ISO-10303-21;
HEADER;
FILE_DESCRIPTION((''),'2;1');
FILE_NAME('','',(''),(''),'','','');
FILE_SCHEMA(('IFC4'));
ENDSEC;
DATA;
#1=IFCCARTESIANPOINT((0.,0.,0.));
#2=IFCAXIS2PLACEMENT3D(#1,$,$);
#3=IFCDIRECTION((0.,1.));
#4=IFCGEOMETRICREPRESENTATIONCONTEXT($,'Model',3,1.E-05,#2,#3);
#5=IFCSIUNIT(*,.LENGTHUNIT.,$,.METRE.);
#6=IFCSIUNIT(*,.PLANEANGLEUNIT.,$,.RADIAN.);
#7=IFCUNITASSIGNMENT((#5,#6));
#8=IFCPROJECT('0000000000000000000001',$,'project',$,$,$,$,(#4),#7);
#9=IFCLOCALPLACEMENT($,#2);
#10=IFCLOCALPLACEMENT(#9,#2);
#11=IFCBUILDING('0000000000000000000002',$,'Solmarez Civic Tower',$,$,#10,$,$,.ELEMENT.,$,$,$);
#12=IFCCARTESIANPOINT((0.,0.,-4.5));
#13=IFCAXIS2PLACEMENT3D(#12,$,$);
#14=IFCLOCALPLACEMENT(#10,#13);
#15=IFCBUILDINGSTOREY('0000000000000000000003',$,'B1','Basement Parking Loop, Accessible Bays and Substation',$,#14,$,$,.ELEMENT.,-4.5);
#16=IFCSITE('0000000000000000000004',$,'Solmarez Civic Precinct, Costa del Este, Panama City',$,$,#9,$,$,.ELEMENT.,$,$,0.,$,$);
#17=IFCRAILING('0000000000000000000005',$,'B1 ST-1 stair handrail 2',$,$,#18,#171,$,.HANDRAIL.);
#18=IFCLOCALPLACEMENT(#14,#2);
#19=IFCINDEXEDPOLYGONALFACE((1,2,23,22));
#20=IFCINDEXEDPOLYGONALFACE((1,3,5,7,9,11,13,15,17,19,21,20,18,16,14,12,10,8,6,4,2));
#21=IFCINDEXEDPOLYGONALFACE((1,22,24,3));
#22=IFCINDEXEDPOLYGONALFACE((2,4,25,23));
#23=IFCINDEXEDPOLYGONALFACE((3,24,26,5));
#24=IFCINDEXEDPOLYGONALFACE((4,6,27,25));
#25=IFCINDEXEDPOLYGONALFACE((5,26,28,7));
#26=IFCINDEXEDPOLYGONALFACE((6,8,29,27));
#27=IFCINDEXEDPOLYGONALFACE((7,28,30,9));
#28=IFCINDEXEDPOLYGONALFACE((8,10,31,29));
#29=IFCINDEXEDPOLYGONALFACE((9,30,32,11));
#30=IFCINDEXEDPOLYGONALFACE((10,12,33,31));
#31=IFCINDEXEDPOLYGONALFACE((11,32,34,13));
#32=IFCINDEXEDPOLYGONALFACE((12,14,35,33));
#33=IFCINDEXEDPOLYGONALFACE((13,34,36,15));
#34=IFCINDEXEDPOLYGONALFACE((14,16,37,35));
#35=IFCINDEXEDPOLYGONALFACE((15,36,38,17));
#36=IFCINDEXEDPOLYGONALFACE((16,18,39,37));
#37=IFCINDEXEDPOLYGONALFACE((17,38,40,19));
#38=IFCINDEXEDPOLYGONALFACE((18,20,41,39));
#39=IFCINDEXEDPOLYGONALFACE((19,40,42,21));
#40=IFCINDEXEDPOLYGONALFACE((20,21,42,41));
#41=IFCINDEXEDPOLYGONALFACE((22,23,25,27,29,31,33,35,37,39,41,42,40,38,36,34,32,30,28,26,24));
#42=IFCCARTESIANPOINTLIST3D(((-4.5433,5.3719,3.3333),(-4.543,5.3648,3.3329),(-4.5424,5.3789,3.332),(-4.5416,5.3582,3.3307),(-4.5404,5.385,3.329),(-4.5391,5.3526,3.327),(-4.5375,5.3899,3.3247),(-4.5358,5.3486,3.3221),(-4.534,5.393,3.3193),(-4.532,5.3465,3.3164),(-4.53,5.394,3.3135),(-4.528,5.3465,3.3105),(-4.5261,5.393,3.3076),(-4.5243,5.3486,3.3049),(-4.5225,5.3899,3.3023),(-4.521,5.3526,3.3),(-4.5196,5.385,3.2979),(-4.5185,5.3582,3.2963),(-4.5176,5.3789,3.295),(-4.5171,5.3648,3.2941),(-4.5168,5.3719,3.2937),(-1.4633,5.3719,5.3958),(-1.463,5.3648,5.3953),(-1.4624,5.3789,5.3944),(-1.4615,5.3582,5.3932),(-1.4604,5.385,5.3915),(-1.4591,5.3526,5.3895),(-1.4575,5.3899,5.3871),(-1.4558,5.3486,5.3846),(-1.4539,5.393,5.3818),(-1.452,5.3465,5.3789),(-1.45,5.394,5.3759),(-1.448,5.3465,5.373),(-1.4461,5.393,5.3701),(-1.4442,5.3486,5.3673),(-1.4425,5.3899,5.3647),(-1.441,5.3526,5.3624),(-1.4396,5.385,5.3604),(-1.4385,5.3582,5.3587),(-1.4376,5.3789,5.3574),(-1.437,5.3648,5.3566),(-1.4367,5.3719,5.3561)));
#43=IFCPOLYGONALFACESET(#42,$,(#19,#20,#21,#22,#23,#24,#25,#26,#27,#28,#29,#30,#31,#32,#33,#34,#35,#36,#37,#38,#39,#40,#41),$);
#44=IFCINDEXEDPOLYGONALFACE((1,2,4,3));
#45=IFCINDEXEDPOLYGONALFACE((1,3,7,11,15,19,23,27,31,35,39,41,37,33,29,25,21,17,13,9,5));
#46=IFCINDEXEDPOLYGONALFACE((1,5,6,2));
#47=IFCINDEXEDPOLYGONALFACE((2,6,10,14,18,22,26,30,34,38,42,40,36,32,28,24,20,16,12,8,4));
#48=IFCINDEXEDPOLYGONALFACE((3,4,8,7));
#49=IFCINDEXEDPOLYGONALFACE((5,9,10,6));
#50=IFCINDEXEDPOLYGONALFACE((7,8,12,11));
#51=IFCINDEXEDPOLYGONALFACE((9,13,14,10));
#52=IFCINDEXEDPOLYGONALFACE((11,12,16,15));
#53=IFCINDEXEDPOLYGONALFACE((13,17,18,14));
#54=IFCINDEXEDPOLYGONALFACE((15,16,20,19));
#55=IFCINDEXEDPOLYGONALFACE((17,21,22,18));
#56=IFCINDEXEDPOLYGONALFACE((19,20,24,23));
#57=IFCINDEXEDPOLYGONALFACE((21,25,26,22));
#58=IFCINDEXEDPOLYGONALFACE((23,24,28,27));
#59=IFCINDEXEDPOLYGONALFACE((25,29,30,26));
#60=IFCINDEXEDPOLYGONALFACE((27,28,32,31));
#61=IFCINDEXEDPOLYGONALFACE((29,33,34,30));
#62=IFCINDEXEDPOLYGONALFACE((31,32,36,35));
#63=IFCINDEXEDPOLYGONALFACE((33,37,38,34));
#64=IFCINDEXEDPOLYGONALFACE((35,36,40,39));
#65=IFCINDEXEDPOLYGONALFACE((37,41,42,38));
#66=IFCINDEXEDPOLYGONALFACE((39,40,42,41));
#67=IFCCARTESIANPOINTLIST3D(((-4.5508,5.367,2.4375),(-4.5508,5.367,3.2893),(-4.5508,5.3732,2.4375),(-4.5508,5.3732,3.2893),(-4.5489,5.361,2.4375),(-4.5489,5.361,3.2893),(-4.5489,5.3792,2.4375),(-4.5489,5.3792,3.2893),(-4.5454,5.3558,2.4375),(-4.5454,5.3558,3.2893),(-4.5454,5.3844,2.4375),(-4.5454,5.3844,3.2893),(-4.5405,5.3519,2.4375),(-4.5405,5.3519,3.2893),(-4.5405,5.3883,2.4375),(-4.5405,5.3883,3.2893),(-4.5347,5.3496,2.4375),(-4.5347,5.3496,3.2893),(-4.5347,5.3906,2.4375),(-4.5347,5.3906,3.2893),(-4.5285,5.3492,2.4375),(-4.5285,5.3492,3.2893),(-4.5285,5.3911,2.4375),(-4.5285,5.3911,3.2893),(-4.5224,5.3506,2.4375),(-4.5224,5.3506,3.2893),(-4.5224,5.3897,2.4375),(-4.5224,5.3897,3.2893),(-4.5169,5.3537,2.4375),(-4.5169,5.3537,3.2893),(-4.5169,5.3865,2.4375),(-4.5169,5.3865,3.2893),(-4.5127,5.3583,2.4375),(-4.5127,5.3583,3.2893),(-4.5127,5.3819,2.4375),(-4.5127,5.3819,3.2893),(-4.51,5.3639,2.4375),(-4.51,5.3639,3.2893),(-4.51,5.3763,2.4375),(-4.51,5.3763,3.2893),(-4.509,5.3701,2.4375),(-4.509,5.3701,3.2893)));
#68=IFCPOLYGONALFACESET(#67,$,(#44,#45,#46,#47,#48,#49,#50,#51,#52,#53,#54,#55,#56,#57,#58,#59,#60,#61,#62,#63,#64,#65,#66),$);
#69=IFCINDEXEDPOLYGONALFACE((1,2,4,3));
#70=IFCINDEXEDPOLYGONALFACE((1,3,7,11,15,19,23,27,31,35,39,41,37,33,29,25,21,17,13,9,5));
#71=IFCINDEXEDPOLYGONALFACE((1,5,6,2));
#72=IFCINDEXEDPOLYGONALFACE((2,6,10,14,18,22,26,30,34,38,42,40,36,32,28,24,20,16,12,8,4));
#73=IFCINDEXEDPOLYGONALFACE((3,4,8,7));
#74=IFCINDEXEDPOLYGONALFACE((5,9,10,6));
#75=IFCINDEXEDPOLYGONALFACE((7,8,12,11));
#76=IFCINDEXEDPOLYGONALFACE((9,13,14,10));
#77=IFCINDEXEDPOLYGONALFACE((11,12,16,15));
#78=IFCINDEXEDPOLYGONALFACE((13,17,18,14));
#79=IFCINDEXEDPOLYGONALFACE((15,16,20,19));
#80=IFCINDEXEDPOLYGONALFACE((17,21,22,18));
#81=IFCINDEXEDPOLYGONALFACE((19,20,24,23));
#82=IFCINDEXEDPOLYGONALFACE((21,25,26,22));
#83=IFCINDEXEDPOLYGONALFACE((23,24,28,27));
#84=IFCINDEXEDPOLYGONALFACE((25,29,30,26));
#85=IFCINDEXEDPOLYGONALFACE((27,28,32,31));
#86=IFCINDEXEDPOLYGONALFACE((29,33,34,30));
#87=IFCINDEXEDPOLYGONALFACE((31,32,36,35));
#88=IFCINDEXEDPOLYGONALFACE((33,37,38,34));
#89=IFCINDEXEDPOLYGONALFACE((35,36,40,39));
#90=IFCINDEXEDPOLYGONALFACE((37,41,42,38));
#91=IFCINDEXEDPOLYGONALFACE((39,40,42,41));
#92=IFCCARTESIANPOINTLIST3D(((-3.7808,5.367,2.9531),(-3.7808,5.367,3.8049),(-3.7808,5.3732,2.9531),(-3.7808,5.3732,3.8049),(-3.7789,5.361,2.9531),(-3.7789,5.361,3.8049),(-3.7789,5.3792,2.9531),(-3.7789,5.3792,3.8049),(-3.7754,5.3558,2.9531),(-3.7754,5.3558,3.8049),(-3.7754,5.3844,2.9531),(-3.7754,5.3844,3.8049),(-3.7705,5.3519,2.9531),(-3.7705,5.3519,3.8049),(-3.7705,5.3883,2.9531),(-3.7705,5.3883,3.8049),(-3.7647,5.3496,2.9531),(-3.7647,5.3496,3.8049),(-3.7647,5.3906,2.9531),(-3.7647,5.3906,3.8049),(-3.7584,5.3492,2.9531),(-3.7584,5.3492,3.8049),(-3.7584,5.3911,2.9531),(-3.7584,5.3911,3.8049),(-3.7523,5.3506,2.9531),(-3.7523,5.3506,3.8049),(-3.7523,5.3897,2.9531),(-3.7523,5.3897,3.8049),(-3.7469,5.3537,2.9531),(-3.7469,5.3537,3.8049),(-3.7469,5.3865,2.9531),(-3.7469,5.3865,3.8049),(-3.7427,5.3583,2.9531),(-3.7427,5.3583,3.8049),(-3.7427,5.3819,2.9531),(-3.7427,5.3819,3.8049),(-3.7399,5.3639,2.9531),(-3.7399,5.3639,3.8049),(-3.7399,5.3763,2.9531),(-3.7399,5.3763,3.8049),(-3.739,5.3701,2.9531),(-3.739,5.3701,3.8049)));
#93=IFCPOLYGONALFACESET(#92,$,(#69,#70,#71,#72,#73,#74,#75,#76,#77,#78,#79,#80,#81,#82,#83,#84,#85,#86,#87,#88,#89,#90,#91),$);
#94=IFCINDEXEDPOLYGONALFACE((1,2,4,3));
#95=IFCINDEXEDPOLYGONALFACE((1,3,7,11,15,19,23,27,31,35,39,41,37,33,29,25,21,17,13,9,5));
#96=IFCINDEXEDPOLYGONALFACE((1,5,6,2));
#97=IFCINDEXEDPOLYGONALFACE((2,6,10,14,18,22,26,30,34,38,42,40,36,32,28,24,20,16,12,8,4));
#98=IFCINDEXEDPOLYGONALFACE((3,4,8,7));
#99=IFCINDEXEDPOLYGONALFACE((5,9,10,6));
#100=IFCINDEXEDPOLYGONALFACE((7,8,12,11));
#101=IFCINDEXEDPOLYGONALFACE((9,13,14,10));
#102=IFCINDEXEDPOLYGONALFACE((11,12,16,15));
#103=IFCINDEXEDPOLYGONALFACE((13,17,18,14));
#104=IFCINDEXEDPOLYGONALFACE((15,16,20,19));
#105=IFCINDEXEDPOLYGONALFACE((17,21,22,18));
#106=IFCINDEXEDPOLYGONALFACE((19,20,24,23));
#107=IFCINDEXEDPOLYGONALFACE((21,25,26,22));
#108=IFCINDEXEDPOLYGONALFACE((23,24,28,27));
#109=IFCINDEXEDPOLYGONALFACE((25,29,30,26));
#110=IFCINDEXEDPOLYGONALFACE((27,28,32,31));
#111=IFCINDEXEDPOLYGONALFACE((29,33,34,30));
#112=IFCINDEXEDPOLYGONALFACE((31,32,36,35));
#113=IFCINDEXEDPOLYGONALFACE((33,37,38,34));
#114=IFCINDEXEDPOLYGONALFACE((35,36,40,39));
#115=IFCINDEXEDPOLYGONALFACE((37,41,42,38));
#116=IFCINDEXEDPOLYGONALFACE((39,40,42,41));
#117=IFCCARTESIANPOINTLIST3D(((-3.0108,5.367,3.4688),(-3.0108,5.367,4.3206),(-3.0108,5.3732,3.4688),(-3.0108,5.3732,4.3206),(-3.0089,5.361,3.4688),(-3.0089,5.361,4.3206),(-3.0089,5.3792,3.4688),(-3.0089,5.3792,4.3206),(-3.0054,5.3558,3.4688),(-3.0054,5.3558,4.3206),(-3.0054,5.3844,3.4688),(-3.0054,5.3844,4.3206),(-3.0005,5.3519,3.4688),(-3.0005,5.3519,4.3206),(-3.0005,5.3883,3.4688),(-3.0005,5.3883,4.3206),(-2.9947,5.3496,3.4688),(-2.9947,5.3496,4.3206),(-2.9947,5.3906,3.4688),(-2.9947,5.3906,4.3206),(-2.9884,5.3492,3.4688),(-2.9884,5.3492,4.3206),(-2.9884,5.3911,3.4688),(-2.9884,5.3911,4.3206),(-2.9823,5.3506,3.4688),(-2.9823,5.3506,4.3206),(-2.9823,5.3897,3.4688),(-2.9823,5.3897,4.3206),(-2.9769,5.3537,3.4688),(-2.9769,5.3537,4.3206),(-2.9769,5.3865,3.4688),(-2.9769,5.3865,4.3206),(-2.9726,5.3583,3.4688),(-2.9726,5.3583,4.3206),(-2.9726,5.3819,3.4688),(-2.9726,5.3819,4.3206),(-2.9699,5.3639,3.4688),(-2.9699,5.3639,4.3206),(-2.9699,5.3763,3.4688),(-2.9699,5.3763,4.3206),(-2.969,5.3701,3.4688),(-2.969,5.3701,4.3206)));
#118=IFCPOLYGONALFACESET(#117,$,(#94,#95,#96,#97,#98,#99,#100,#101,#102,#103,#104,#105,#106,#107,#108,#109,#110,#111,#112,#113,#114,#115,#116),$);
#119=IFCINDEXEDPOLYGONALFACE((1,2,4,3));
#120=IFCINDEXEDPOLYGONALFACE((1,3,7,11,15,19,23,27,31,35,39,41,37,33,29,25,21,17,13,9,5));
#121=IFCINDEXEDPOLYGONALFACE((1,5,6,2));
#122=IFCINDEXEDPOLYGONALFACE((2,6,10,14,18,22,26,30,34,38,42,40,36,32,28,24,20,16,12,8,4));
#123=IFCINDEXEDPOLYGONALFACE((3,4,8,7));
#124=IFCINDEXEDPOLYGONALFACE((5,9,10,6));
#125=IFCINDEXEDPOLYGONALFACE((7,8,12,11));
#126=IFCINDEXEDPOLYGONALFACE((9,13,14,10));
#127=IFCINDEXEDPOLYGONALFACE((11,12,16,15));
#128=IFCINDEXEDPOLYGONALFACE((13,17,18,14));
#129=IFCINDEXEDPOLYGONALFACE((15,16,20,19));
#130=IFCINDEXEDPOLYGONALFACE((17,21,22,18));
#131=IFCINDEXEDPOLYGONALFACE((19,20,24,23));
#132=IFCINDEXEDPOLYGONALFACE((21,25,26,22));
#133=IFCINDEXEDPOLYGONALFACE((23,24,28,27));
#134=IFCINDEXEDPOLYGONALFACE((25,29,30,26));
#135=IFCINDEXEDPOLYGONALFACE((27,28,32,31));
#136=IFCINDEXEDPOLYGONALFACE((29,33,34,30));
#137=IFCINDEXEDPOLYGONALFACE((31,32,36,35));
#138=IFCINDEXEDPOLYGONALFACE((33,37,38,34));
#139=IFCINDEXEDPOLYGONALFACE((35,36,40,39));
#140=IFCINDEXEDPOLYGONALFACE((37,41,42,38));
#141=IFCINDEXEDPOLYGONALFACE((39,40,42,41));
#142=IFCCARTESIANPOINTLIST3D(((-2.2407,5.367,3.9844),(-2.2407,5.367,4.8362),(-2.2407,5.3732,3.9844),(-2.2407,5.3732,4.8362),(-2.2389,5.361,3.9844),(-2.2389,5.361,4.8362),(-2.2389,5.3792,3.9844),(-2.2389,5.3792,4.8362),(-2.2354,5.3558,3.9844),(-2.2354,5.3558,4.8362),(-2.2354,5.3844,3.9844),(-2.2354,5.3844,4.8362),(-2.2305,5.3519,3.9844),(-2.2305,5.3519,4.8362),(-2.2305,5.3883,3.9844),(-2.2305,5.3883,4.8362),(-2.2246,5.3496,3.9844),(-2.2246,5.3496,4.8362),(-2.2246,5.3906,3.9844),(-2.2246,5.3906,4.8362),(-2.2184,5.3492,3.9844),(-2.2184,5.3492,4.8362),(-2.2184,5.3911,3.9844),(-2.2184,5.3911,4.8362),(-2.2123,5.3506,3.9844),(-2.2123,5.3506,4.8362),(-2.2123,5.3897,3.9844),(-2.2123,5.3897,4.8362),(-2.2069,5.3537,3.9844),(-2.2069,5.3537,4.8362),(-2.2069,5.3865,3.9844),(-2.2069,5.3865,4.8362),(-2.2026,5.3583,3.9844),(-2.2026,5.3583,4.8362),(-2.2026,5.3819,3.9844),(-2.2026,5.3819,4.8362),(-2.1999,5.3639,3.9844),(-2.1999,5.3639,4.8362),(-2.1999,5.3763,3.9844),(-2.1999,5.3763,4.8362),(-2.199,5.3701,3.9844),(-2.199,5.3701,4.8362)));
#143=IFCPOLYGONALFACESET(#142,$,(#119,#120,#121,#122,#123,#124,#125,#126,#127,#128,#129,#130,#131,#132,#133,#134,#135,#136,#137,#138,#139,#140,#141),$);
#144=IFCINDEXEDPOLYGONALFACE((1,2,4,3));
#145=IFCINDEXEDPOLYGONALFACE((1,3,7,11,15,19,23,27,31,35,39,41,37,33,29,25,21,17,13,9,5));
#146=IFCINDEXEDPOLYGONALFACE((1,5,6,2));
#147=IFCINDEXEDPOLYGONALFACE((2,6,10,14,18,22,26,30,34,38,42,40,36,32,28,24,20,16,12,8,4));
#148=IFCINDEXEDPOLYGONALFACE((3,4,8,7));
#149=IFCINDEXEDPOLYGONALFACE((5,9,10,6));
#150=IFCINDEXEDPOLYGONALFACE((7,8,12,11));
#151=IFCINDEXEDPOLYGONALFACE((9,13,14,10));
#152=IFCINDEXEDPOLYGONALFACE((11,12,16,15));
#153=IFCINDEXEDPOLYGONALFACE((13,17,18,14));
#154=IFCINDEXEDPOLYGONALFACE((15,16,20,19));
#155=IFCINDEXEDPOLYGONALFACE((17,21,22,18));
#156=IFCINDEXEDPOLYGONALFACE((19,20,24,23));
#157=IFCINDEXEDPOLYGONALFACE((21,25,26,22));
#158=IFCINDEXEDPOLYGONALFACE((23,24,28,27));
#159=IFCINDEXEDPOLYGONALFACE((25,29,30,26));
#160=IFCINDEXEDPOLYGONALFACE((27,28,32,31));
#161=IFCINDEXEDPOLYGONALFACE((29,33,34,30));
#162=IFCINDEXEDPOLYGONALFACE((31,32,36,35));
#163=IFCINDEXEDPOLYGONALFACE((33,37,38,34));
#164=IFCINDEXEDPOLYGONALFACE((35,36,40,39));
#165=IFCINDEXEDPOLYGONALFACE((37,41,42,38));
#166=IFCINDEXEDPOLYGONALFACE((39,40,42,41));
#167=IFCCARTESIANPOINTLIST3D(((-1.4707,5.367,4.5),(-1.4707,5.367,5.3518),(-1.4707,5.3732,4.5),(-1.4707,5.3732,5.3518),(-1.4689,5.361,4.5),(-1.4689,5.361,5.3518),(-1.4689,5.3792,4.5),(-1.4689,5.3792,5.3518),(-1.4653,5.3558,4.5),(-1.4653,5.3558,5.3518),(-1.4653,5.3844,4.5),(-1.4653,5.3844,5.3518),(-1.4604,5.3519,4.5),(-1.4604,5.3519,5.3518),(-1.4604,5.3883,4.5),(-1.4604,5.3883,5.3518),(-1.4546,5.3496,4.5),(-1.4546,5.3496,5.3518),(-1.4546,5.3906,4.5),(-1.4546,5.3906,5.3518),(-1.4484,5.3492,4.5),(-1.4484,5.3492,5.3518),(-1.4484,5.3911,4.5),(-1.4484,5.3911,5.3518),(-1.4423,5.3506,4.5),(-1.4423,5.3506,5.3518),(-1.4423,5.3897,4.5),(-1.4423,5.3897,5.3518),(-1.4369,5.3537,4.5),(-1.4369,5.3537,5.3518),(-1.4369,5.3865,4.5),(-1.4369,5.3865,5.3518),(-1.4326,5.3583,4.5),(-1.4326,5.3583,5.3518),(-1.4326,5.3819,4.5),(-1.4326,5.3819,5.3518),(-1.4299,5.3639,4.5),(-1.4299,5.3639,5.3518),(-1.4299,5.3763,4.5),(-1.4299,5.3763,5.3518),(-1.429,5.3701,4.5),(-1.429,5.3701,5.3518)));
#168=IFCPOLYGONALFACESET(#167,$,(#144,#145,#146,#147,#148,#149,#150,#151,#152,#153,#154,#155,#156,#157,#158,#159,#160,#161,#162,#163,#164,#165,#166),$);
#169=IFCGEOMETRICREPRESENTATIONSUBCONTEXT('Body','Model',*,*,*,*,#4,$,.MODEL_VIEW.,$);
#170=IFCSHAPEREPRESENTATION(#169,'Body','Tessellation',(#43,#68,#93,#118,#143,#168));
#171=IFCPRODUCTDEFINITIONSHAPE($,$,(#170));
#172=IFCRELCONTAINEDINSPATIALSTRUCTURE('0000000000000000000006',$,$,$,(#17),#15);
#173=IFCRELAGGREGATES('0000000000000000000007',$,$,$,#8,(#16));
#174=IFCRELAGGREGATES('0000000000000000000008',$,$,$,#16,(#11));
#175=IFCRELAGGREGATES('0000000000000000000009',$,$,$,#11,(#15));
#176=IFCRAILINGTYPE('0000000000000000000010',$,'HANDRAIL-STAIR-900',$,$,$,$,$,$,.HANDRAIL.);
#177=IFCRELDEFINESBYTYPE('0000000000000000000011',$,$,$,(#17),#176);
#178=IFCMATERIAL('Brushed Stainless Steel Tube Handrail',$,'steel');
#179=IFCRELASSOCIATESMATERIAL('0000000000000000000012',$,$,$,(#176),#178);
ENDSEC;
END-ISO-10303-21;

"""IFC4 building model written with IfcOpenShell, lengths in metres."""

from ifc_helpers import new_model, si_unit, direction, frame, origin, origin_2d, place, context, subcontext, project, spatial, circle, extrude, material, type_object, element, save


model = new_model("IFC4")

# Units and contexts
model_context = context("Model", 3, precision=1e-05, world=origin(), true_north=direction((0.0, 1.0)))
body_context = subcontext(model_context, "Body", "Model", "MODEL_VIEW")
ifc_project = project(units=[si_unit("LENGTHUNIT", "METRE"), si_unit("PLANEANGLEUNIT", "RADIAN")], contexts=[model_context])

# Site, building, storey
site_placement = place(None, origin())
site = spatial("IfcSite", under=ifc_project, at=site_placement, Name="Solmarez Civic Precinct, Costa del Este, Panama City", CompositionType="ELEMENT", RefElevation=0.0)
building_placement = place(site_placement, origin())
building = spatial("IfcBuilding", under=site, at=building_placement, Name="Solmarez Civic Tower", CompositionType="ELEMENT")
storey_placement = place(building_placement, frame((0.0, 0.0, -4.5)))
storey = spatial("IfcBuildingStorey", under=building, at=storey_placement, Name="B1", Description="Basement Parking Loop, Accessible Bays and Substation", CompositionType="ELEMENT", Elevation=-4.5)

# Railing
ifc_material_1 = material(Name="Brushed Stainless Steel Tube Handrail", Category="steel")
railing_type_1 = type_object("IfcRailingType", Name="HANDRAIL-STAIR-900", PredefinedType="HANDRAIL", material=ifc_material_1)
railing_1_placement = place(storey_placement, frame((-4.53, 5.3701, 2.4375)))
element("IfcRailing", 1, at=railing_1_placement, inside=storey, type_object=railing_type_1, Name="B1 ST-1 stair handrail 2", PredefinedType="HANDRAIL", context=body_context, shape_type="SweptSolid", body=[
    extrude(circle(Radius=0.0239, at=origin_2d()), frame((0.0, 0.0, 0.876), z_axis=(0.830914, 0.0, 0.556401), x_axis=(0.0, 1.0, 0.0)), (0.0, 0.0, 1.0), 3.7068),
    extrude(circle(Radius=0.021, at=origin_2d()), origin(), (0.0, 0.0, 1.0), 0.8518),
    extrude(circle(Radius=0.021, at=origin_2d()), frame((0.77, 0.0, 0.5156)), (0.0, 0.0, 1.0), 0.8518),
    extrude(circle(Radius=0.021, at=origin_2d()), frame((1.54, 0.0, 1.0312)), (0.0, 0.0, 1.0), 0.8518),
    extrude(circle(Radius=0.021, at=origin_2d()), frame((2.3101, 0.0, 1.5469)), (0.0, 0.0, 1.0), 0.8518),
    extrude(circle(Radius=0.021, at=origin_2d()), frame((3.0801, 0.0, 2.0625)), (0.0, 0.0, 1.0), 0.8518),
])

save(model, "model.ifc")
